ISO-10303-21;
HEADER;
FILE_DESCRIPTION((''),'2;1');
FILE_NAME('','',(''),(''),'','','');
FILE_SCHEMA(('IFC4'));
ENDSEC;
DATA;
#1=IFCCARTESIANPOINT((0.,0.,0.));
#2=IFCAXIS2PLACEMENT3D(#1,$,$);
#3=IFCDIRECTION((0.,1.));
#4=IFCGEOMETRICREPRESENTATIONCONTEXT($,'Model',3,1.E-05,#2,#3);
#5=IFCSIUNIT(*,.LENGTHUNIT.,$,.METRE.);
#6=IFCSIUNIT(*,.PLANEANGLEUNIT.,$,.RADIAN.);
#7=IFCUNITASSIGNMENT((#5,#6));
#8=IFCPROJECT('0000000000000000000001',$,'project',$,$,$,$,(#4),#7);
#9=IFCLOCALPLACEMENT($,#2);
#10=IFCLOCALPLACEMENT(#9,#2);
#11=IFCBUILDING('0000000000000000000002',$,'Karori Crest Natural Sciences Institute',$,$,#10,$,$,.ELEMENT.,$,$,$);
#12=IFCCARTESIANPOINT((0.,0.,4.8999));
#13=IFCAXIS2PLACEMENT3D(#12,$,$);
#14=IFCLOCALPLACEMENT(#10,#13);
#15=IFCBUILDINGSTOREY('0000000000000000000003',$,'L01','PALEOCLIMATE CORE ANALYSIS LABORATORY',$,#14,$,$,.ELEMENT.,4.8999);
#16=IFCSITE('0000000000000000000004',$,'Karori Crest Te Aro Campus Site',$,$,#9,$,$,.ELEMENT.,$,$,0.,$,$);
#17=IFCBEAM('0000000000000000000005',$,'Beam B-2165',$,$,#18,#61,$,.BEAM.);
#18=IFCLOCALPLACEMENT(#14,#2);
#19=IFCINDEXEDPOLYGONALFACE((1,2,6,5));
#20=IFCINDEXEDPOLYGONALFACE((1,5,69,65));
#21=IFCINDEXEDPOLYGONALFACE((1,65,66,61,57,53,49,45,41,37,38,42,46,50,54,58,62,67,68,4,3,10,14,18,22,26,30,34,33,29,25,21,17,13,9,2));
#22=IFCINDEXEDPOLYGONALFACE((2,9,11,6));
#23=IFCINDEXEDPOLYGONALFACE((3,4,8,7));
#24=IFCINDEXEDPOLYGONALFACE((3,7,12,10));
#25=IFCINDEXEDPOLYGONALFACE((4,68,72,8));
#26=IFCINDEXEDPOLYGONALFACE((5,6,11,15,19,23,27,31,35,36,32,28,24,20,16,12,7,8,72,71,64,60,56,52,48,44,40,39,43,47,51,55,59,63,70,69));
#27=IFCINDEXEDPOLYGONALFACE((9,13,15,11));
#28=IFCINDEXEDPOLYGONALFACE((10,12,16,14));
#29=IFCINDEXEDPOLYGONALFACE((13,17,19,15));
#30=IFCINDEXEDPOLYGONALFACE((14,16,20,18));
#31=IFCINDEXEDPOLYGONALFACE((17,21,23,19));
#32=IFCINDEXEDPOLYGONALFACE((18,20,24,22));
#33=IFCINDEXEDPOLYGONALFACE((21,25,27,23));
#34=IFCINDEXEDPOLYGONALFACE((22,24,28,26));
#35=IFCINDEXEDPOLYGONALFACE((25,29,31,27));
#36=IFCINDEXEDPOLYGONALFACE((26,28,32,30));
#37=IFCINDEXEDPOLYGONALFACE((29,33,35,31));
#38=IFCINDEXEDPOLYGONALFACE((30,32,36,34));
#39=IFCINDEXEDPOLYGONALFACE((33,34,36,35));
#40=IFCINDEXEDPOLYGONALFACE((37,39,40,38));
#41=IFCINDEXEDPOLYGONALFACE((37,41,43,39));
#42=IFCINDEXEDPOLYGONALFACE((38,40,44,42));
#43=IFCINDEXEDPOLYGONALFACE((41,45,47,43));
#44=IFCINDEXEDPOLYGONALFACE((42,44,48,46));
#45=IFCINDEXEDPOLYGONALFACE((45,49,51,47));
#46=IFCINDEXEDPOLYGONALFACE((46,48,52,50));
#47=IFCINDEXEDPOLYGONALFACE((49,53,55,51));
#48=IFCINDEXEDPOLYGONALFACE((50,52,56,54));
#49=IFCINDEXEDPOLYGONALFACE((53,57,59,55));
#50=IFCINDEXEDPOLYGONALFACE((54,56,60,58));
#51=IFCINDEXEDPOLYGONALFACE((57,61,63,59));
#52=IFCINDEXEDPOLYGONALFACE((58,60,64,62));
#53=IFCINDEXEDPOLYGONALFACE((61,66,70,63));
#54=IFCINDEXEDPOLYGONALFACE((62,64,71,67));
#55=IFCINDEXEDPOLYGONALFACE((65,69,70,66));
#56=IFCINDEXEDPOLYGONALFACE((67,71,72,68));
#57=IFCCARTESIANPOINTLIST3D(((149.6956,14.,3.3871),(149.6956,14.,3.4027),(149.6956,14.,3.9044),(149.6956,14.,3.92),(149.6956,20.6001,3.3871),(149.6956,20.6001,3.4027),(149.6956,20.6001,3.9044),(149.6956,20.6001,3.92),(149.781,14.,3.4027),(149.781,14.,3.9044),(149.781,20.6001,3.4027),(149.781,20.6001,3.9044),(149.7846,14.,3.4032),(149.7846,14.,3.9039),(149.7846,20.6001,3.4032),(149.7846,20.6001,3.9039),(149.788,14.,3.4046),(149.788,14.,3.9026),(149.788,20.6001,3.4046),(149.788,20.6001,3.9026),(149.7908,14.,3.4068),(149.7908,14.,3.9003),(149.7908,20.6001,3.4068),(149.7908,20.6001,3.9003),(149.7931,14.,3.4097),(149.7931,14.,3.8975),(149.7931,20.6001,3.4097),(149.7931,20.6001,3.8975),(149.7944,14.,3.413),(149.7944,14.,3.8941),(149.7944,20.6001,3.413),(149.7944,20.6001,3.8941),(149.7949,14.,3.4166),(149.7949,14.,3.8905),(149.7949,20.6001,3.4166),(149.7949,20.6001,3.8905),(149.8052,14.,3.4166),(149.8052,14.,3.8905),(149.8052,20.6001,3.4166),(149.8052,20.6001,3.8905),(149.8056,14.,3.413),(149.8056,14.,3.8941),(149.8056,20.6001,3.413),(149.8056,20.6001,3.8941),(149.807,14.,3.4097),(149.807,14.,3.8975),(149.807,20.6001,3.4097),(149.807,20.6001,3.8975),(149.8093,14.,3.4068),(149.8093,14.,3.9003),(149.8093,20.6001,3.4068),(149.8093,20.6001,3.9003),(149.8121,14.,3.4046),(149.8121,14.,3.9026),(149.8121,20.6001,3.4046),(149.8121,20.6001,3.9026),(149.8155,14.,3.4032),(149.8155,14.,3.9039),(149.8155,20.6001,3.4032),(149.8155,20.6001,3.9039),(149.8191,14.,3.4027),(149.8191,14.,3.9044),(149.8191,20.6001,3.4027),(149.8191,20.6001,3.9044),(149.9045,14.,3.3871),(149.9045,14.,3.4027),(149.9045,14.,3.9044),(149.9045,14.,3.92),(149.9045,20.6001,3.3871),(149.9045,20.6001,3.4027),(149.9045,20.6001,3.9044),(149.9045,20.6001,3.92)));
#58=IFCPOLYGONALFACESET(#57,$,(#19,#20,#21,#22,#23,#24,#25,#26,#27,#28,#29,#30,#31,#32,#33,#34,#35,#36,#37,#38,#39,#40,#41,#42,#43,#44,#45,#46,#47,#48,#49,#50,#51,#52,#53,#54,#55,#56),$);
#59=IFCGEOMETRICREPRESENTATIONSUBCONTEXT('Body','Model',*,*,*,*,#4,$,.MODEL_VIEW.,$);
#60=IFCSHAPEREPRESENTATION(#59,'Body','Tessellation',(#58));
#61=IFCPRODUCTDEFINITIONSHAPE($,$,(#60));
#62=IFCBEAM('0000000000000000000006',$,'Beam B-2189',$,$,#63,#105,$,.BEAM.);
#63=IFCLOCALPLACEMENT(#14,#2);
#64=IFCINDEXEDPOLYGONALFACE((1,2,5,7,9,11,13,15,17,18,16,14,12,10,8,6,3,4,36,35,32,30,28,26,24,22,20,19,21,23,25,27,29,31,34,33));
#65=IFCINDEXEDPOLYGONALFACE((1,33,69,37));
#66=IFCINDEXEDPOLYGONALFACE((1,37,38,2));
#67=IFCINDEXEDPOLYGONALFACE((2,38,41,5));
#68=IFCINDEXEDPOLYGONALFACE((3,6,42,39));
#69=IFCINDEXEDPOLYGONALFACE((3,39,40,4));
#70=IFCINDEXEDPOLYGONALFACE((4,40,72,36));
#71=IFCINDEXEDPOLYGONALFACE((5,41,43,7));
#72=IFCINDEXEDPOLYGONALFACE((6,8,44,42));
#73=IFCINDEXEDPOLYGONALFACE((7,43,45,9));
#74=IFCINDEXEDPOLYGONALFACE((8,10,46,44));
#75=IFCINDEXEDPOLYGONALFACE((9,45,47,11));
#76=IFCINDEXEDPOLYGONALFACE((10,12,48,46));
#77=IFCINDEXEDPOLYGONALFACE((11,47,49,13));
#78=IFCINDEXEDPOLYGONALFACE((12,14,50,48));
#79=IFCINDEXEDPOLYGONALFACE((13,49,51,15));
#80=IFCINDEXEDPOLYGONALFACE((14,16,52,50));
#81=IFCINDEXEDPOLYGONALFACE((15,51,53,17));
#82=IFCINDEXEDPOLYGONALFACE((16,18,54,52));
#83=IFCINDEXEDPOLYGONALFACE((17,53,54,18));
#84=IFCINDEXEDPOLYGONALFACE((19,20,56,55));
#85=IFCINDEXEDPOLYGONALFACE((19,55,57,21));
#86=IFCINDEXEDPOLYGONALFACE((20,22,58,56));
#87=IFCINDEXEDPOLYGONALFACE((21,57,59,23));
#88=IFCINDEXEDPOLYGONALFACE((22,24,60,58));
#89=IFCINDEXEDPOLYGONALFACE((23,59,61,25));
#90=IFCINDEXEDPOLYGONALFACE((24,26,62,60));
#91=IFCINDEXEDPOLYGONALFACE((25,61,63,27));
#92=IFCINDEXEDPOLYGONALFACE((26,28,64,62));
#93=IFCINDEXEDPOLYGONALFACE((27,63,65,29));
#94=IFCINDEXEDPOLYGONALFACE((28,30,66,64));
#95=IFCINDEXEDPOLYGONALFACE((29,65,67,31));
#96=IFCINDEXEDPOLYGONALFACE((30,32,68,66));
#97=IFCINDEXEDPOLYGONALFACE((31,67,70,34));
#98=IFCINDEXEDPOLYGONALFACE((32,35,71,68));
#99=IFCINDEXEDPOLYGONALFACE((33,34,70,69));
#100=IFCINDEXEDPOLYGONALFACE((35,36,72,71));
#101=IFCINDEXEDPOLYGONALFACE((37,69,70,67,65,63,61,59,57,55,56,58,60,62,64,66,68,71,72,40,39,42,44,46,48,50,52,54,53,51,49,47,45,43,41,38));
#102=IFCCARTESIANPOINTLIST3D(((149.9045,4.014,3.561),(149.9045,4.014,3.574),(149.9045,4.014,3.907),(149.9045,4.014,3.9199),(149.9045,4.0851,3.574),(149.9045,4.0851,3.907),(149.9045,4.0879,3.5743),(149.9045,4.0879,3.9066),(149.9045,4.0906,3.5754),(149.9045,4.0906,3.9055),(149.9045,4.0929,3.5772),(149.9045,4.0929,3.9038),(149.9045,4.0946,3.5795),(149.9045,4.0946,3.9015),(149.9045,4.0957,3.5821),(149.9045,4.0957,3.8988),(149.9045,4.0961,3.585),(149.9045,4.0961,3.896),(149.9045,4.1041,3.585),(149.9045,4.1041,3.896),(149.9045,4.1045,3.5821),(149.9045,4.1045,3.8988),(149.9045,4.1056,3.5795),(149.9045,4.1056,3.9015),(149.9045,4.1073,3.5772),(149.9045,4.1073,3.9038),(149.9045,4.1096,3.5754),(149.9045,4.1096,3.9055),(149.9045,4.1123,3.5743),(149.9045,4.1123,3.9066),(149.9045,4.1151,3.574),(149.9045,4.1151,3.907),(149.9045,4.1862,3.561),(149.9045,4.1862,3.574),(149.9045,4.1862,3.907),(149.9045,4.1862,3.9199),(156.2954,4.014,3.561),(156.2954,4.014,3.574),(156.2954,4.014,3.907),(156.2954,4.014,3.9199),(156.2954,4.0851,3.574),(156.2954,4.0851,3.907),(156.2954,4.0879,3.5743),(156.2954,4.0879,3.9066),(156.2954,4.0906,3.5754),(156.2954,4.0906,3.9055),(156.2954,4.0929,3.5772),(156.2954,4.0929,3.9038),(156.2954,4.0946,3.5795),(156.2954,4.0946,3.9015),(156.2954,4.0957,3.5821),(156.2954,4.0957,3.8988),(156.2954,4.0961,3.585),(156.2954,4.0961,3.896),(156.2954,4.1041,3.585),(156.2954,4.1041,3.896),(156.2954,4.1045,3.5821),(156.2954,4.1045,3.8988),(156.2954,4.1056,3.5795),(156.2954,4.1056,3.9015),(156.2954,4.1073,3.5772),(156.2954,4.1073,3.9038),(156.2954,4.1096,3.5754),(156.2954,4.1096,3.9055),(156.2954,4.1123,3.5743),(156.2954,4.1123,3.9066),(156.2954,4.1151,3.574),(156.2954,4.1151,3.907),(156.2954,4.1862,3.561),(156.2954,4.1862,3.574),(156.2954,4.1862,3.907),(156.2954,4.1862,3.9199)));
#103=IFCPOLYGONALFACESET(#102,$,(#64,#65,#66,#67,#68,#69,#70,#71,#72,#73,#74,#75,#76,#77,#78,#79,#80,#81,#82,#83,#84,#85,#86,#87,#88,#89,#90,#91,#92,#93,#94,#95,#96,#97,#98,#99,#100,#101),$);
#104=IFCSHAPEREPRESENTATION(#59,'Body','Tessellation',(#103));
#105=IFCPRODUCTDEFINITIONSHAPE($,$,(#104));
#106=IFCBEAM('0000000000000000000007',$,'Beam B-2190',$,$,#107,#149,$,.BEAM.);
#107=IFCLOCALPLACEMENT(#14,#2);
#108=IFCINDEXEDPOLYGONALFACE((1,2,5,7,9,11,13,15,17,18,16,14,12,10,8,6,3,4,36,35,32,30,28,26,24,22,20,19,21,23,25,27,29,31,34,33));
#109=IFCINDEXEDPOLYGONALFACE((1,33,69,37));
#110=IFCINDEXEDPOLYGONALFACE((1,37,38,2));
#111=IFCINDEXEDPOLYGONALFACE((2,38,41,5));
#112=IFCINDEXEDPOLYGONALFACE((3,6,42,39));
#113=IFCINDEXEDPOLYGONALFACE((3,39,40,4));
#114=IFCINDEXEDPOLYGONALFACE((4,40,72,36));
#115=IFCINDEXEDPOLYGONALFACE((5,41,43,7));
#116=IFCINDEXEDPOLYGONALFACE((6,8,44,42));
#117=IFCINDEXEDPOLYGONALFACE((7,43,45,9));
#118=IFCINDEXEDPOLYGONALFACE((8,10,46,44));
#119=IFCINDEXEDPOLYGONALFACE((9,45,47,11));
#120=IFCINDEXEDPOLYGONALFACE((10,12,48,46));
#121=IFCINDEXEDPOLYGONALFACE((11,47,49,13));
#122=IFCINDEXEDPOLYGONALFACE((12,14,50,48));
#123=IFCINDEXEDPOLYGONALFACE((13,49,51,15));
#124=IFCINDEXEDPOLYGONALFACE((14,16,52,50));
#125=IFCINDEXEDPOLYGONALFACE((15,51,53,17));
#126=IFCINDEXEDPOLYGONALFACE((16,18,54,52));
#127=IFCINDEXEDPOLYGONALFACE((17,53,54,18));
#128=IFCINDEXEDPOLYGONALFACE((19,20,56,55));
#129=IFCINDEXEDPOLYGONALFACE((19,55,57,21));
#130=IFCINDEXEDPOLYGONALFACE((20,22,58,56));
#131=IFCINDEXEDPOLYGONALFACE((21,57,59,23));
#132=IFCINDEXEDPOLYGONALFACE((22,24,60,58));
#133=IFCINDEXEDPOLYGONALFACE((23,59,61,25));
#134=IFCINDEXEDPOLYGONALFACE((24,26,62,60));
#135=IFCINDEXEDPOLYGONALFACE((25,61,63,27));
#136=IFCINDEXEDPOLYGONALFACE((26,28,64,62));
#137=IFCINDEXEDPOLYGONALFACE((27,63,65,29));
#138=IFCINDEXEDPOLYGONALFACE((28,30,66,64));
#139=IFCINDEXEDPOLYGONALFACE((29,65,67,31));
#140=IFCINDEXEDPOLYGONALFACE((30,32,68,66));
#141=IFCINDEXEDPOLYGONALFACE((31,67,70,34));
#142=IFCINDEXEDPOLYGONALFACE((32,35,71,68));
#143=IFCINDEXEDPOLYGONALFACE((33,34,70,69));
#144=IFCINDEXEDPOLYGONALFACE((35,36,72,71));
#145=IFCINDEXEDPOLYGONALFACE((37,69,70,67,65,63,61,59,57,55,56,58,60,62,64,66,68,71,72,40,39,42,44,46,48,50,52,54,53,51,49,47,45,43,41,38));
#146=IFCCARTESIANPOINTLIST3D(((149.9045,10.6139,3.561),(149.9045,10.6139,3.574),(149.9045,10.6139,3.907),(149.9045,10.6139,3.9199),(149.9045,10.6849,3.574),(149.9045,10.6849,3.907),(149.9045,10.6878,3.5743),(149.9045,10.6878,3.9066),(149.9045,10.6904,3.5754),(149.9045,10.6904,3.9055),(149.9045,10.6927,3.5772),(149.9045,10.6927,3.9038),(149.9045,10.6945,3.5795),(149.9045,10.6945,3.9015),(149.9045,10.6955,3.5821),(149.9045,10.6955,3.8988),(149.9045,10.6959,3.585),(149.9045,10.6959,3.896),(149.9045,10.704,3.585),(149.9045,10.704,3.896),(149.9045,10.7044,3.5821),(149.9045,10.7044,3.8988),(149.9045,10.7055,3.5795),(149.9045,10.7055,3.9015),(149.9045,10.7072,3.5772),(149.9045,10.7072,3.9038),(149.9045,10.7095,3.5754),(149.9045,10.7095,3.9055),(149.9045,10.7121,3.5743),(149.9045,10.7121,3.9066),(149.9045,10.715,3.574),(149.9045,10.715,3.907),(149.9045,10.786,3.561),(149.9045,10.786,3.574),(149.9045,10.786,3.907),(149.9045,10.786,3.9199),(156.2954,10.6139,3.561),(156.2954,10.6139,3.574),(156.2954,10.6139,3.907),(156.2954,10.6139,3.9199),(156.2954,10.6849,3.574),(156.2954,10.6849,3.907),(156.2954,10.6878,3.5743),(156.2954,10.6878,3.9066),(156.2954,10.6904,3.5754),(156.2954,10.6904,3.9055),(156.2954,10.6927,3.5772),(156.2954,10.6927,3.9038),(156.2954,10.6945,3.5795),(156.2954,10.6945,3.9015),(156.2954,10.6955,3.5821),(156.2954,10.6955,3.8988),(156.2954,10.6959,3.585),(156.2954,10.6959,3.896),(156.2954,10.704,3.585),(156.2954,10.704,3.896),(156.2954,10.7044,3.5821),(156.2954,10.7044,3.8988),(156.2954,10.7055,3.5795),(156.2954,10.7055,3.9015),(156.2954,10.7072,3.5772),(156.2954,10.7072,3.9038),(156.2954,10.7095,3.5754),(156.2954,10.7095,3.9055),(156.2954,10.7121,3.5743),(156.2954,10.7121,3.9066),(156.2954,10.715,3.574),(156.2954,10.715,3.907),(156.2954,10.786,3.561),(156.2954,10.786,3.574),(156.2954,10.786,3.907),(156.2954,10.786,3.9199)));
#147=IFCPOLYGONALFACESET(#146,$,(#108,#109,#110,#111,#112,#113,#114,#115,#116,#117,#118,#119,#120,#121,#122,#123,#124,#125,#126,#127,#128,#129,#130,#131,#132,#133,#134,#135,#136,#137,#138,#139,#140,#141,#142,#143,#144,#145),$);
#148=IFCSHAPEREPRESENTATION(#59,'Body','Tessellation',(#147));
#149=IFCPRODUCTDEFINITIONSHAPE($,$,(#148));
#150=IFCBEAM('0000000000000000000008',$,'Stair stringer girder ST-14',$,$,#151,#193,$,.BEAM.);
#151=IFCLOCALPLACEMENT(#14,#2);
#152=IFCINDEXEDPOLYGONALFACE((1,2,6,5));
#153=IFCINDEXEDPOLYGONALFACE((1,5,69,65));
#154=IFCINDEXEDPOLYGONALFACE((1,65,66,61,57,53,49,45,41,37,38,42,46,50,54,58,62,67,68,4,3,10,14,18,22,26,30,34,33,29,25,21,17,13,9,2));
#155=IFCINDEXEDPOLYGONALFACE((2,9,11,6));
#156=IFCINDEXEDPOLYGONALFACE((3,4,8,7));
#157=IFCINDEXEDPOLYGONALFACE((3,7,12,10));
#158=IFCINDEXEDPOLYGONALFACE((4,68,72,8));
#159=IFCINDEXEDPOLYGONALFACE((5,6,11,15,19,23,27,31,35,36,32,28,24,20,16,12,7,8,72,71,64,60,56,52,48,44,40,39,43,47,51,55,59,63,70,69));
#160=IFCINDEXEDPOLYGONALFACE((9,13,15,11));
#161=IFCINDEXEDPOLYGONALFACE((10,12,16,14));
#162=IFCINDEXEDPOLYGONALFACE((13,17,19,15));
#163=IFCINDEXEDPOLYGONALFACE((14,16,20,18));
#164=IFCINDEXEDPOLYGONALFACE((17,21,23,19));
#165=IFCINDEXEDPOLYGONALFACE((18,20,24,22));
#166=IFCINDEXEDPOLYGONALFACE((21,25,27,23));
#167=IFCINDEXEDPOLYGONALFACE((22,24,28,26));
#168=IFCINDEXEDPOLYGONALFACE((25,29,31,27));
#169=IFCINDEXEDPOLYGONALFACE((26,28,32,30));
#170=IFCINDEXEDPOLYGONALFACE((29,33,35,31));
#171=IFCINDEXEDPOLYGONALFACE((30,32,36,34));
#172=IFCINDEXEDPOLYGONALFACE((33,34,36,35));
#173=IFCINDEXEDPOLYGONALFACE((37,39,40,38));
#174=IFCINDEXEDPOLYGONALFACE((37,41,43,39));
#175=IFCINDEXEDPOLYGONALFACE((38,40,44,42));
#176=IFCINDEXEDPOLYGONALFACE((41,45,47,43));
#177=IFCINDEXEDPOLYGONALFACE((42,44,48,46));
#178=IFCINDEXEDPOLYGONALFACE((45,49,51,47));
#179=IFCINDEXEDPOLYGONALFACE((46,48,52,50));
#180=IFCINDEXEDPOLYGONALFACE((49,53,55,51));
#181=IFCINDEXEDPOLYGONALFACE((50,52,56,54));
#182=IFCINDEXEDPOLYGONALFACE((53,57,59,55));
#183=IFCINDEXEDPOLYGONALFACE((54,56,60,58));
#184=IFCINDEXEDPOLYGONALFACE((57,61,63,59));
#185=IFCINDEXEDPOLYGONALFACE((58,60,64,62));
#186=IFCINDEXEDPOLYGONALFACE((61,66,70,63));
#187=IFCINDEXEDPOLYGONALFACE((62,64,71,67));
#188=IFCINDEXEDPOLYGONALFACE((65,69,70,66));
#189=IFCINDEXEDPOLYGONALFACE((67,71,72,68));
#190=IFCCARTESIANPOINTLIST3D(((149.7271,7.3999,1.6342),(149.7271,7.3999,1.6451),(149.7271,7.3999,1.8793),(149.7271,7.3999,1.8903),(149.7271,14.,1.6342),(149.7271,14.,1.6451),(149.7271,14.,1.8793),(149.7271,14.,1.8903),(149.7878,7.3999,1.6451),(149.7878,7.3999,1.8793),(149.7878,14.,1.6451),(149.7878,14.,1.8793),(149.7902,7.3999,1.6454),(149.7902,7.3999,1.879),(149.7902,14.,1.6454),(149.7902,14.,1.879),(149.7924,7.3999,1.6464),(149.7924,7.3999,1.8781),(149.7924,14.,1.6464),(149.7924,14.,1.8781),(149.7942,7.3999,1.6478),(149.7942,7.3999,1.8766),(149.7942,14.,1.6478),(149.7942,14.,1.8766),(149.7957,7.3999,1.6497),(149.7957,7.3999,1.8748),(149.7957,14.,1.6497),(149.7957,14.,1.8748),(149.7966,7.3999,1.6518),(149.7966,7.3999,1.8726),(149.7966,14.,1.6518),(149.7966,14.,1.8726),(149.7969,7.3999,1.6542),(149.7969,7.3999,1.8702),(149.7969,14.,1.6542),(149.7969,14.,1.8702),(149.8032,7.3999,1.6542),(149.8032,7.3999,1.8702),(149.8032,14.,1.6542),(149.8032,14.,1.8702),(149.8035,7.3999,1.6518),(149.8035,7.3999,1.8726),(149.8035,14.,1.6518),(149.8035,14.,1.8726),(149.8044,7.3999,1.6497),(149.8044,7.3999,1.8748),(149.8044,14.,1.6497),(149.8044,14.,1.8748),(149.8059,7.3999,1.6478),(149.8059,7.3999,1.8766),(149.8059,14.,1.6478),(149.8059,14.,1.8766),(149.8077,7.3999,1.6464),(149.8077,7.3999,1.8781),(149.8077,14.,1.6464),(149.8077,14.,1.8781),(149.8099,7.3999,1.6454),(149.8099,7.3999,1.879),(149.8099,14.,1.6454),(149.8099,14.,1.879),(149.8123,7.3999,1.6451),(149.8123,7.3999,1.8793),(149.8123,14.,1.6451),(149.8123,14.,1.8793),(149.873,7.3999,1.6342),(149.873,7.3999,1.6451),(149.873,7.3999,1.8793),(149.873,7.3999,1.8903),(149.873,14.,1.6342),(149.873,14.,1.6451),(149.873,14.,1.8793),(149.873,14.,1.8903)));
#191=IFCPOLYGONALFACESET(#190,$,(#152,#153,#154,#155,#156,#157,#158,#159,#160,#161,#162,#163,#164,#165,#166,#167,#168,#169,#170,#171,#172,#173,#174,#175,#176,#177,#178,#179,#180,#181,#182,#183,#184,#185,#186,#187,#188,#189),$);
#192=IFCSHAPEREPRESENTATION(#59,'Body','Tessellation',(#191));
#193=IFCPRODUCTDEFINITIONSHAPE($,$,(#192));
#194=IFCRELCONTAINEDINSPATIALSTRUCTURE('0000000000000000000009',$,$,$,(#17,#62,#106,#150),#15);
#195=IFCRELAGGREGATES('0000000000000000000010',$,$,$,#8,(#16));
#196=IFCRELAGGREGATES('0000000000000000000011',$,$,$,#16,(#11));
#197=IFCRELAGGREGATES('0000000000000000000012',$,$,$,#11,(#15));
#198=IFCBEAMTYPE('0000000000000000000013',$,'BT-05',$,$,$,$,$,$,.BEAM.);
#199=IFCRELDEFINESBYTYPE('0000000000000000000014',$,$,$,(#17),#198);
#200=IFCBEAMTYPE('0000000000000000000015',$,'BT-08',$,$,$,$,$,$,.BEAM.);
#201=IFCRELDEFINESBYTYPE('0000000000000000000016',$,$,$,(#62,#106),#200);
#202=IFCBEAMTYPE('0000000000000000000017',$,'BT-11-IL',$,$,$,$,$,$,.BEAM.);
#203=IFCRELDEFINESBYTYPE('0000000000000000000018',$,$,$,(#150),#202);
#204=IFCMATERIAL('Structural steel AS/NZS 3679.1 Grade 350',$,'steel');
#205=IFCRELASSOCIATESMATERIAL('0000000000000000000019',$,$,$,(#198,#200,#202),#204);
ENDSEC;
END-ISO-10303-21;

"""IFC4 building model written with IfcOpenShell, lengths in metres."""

from ifc_helpers import new_model, si_unit, direction, frame, origin, origin_2d, place, context, subcontext, project, spatial, i_section, extrude, material, material_profile, profile_set, type_object, element, save


model = new_model("IFC4")

# Units and contexts
model_context = context("Model", 3, precision=1e-05, world=origin(), true_north=direction((0.0, 1.0)))
body_context = subcontext(model_context, "Body", "Model", "MODEL_VIEW")
ifc_project = project(units=[si_unit("LENGTHUNIT", "METRE"), si_unit("PLANEANGLEUNIT", "RADIAN")], contexts=[model_context])

# Site, building, storey
site_placement = place(None, origin())
site = spatial("IfcSite", under=ifc_project, at=site_placement, Name="Karori Crest Te Aro Campus Site", CompositionType="ELEMENT", RefElevation=0.0)
building_placement = place(site_placement, origin())
building = spatial("IfcBuilding", under=site, at=building_placement, Name="Karori Crest Natural Sciences Institute", CompositionType="ELEMENT")
storey_placement = place(building_placement, frame((0.0, 0.0, 4.8999)))
storey = spatial("IfcBuildingStorey", under=building, at=storey_placement, Name="L01", Description="PALEOCLIMATE CORE ANALYSIS LABORATORY", CompositionType="ELEMENT", Elevation=4.8999)

# Shared definitions
ifc_material_1 = material(Name="Structural steel AS/NZS 3679.1 Grade 350", Category="steel")

# Beams
ifc_material_profile_1 = material_profile(ifc_material_1, i_section(OverallWidth=0.209, OverallDepth=0.533, WebThickness=0.0103, FlangeThickness=0.0156, FilletRadius=0.0139, at=origin_2d()), Name="530UB92.4")
ifc_profile_set_1 = profile_set([ifc_material_profile_1], Name="Structural steel AS/NZS 3679.1 Grade 350")
beam_type_1 = type_object("IfcBeamType", Name="BT-05", PredefinedType="BEAM", material=ifc_profile_set_1)
for number, where, z_axis, x_axis, name in (
    (1, (149.8, 14.0, 3.6536), (0.0, 1.0, 0.0), (-1.0, 0.0, 0.0), "Beam B-2165"),
):
    element("IfcBeam", number, at=place(storey_placement, frame(where, z_axis=z_axis, x_axis=x_axis)), inside=storey, type_object=beam_type_1, Name=name, PredefinedType="BEAM", context=body_context, shape_type="SweptSolid", body=[
        extrude(i_section(OverallWidth=0.209, OverallDepth=0.533, WebThickness=0.0103, FlangeThickness=0.0156, FilletRadius=0.0139, at=origin_2d()), origin(), (0.0, 0.0, 1.0), 6.6001),
    ])
ifc_material_profile_2 = material_profile(ifc_material_1, i_section(OverallWidth=0.1721, OverallDepth=0.3589, WebThickness=0.0081, FlangeThickness=0.0129, FilletRadius=0.011, at=origin_2d()), Name="360UB56.7")
ifc_profile_set_2 = profile_set([ifc_material_profile_2], Name="Structural steel AS/NZS 3679.1 Grade 350")
beam_type_2 = type_object("IfcBeamType", Name="BT-08", PredefinedType="BEAM", material=ifc_profile_set_2)
for number, where, z_axis, x_axis, name in (
    (2, (149.9045, 4.1001, 3.7405), (1.0, 0.0, 0.0), (0.0, 1.0, 0.0), "Beam B-2189"),
    (3, (149.9045, 10.7, 3.7405), (1.0, 0.0, 0.0), (0.0, 1.0, 0.0), "Beam B-2190"),
):
    element("IfcBeam", number, at=place(storey_placement, frame(where, z_axis=z_axis, x_axis=x_axis)), inside=storey, type_object=beam_type_2, Name=name, PredefinedType="BEAM", context=body_context, shape_type="SweptSolid", body=[
        extrude(i_section(OverallWidth=0.1721, OverallDepth=0.3589, WebThickness=0.0081, FlangeThickness=0.0129, FilletRadius=0.011, at=origin_2d()), origin(), (0.0, 0.0, 1.0), 6.3909),
    ])
ifc_material_profile_3 = material_profile(ifc_material_1, i_section(OverallWidth=0.146, OverallDepth=0.2561, WebThickness=0.0063, FlangeThickness=0.011, FilletRadius=0.009, at=origin_2d()), Name="250UB37.3")
ifc_profile_set_3 = profile_set([ifc_material_profile_3], Name="Structural steel AS/NZS 3679.1 Grade 350")
beam_type_3 = type_object("IfcBeamType", Name="BT-11-IL", PredefinedType="BEAM", material=ifc_profile_set_3)
for number, where, z_axis, x_axis, name in (
    (4, (149.8, 7.3999, 1.7622), (0.0, 1.0, 0.0), (-1.0, 0.0, 0.0), "Stair stringer girder ST-14"),
):
    element("IfcBeam", number, at=place(storey_placement, frame(where, z_axis=z_axis, x_axis=x_axis)), inside=storey, type_object=beam_type_3, Name=name, PredefinedType="BEAM", context=body_context, shape_type="SweptSolid", body=[
        extrude(i_section(OverallWidth=0.146, OverallDepth=0.2561, WebThickness=0.0063, FlangeThickness=0.011, FilletRadius=0.009, at=origin_2d()), origin(), (0.0, 0.0, 1.0), 6.6001),
    ])

save(model, "model.ifc")
